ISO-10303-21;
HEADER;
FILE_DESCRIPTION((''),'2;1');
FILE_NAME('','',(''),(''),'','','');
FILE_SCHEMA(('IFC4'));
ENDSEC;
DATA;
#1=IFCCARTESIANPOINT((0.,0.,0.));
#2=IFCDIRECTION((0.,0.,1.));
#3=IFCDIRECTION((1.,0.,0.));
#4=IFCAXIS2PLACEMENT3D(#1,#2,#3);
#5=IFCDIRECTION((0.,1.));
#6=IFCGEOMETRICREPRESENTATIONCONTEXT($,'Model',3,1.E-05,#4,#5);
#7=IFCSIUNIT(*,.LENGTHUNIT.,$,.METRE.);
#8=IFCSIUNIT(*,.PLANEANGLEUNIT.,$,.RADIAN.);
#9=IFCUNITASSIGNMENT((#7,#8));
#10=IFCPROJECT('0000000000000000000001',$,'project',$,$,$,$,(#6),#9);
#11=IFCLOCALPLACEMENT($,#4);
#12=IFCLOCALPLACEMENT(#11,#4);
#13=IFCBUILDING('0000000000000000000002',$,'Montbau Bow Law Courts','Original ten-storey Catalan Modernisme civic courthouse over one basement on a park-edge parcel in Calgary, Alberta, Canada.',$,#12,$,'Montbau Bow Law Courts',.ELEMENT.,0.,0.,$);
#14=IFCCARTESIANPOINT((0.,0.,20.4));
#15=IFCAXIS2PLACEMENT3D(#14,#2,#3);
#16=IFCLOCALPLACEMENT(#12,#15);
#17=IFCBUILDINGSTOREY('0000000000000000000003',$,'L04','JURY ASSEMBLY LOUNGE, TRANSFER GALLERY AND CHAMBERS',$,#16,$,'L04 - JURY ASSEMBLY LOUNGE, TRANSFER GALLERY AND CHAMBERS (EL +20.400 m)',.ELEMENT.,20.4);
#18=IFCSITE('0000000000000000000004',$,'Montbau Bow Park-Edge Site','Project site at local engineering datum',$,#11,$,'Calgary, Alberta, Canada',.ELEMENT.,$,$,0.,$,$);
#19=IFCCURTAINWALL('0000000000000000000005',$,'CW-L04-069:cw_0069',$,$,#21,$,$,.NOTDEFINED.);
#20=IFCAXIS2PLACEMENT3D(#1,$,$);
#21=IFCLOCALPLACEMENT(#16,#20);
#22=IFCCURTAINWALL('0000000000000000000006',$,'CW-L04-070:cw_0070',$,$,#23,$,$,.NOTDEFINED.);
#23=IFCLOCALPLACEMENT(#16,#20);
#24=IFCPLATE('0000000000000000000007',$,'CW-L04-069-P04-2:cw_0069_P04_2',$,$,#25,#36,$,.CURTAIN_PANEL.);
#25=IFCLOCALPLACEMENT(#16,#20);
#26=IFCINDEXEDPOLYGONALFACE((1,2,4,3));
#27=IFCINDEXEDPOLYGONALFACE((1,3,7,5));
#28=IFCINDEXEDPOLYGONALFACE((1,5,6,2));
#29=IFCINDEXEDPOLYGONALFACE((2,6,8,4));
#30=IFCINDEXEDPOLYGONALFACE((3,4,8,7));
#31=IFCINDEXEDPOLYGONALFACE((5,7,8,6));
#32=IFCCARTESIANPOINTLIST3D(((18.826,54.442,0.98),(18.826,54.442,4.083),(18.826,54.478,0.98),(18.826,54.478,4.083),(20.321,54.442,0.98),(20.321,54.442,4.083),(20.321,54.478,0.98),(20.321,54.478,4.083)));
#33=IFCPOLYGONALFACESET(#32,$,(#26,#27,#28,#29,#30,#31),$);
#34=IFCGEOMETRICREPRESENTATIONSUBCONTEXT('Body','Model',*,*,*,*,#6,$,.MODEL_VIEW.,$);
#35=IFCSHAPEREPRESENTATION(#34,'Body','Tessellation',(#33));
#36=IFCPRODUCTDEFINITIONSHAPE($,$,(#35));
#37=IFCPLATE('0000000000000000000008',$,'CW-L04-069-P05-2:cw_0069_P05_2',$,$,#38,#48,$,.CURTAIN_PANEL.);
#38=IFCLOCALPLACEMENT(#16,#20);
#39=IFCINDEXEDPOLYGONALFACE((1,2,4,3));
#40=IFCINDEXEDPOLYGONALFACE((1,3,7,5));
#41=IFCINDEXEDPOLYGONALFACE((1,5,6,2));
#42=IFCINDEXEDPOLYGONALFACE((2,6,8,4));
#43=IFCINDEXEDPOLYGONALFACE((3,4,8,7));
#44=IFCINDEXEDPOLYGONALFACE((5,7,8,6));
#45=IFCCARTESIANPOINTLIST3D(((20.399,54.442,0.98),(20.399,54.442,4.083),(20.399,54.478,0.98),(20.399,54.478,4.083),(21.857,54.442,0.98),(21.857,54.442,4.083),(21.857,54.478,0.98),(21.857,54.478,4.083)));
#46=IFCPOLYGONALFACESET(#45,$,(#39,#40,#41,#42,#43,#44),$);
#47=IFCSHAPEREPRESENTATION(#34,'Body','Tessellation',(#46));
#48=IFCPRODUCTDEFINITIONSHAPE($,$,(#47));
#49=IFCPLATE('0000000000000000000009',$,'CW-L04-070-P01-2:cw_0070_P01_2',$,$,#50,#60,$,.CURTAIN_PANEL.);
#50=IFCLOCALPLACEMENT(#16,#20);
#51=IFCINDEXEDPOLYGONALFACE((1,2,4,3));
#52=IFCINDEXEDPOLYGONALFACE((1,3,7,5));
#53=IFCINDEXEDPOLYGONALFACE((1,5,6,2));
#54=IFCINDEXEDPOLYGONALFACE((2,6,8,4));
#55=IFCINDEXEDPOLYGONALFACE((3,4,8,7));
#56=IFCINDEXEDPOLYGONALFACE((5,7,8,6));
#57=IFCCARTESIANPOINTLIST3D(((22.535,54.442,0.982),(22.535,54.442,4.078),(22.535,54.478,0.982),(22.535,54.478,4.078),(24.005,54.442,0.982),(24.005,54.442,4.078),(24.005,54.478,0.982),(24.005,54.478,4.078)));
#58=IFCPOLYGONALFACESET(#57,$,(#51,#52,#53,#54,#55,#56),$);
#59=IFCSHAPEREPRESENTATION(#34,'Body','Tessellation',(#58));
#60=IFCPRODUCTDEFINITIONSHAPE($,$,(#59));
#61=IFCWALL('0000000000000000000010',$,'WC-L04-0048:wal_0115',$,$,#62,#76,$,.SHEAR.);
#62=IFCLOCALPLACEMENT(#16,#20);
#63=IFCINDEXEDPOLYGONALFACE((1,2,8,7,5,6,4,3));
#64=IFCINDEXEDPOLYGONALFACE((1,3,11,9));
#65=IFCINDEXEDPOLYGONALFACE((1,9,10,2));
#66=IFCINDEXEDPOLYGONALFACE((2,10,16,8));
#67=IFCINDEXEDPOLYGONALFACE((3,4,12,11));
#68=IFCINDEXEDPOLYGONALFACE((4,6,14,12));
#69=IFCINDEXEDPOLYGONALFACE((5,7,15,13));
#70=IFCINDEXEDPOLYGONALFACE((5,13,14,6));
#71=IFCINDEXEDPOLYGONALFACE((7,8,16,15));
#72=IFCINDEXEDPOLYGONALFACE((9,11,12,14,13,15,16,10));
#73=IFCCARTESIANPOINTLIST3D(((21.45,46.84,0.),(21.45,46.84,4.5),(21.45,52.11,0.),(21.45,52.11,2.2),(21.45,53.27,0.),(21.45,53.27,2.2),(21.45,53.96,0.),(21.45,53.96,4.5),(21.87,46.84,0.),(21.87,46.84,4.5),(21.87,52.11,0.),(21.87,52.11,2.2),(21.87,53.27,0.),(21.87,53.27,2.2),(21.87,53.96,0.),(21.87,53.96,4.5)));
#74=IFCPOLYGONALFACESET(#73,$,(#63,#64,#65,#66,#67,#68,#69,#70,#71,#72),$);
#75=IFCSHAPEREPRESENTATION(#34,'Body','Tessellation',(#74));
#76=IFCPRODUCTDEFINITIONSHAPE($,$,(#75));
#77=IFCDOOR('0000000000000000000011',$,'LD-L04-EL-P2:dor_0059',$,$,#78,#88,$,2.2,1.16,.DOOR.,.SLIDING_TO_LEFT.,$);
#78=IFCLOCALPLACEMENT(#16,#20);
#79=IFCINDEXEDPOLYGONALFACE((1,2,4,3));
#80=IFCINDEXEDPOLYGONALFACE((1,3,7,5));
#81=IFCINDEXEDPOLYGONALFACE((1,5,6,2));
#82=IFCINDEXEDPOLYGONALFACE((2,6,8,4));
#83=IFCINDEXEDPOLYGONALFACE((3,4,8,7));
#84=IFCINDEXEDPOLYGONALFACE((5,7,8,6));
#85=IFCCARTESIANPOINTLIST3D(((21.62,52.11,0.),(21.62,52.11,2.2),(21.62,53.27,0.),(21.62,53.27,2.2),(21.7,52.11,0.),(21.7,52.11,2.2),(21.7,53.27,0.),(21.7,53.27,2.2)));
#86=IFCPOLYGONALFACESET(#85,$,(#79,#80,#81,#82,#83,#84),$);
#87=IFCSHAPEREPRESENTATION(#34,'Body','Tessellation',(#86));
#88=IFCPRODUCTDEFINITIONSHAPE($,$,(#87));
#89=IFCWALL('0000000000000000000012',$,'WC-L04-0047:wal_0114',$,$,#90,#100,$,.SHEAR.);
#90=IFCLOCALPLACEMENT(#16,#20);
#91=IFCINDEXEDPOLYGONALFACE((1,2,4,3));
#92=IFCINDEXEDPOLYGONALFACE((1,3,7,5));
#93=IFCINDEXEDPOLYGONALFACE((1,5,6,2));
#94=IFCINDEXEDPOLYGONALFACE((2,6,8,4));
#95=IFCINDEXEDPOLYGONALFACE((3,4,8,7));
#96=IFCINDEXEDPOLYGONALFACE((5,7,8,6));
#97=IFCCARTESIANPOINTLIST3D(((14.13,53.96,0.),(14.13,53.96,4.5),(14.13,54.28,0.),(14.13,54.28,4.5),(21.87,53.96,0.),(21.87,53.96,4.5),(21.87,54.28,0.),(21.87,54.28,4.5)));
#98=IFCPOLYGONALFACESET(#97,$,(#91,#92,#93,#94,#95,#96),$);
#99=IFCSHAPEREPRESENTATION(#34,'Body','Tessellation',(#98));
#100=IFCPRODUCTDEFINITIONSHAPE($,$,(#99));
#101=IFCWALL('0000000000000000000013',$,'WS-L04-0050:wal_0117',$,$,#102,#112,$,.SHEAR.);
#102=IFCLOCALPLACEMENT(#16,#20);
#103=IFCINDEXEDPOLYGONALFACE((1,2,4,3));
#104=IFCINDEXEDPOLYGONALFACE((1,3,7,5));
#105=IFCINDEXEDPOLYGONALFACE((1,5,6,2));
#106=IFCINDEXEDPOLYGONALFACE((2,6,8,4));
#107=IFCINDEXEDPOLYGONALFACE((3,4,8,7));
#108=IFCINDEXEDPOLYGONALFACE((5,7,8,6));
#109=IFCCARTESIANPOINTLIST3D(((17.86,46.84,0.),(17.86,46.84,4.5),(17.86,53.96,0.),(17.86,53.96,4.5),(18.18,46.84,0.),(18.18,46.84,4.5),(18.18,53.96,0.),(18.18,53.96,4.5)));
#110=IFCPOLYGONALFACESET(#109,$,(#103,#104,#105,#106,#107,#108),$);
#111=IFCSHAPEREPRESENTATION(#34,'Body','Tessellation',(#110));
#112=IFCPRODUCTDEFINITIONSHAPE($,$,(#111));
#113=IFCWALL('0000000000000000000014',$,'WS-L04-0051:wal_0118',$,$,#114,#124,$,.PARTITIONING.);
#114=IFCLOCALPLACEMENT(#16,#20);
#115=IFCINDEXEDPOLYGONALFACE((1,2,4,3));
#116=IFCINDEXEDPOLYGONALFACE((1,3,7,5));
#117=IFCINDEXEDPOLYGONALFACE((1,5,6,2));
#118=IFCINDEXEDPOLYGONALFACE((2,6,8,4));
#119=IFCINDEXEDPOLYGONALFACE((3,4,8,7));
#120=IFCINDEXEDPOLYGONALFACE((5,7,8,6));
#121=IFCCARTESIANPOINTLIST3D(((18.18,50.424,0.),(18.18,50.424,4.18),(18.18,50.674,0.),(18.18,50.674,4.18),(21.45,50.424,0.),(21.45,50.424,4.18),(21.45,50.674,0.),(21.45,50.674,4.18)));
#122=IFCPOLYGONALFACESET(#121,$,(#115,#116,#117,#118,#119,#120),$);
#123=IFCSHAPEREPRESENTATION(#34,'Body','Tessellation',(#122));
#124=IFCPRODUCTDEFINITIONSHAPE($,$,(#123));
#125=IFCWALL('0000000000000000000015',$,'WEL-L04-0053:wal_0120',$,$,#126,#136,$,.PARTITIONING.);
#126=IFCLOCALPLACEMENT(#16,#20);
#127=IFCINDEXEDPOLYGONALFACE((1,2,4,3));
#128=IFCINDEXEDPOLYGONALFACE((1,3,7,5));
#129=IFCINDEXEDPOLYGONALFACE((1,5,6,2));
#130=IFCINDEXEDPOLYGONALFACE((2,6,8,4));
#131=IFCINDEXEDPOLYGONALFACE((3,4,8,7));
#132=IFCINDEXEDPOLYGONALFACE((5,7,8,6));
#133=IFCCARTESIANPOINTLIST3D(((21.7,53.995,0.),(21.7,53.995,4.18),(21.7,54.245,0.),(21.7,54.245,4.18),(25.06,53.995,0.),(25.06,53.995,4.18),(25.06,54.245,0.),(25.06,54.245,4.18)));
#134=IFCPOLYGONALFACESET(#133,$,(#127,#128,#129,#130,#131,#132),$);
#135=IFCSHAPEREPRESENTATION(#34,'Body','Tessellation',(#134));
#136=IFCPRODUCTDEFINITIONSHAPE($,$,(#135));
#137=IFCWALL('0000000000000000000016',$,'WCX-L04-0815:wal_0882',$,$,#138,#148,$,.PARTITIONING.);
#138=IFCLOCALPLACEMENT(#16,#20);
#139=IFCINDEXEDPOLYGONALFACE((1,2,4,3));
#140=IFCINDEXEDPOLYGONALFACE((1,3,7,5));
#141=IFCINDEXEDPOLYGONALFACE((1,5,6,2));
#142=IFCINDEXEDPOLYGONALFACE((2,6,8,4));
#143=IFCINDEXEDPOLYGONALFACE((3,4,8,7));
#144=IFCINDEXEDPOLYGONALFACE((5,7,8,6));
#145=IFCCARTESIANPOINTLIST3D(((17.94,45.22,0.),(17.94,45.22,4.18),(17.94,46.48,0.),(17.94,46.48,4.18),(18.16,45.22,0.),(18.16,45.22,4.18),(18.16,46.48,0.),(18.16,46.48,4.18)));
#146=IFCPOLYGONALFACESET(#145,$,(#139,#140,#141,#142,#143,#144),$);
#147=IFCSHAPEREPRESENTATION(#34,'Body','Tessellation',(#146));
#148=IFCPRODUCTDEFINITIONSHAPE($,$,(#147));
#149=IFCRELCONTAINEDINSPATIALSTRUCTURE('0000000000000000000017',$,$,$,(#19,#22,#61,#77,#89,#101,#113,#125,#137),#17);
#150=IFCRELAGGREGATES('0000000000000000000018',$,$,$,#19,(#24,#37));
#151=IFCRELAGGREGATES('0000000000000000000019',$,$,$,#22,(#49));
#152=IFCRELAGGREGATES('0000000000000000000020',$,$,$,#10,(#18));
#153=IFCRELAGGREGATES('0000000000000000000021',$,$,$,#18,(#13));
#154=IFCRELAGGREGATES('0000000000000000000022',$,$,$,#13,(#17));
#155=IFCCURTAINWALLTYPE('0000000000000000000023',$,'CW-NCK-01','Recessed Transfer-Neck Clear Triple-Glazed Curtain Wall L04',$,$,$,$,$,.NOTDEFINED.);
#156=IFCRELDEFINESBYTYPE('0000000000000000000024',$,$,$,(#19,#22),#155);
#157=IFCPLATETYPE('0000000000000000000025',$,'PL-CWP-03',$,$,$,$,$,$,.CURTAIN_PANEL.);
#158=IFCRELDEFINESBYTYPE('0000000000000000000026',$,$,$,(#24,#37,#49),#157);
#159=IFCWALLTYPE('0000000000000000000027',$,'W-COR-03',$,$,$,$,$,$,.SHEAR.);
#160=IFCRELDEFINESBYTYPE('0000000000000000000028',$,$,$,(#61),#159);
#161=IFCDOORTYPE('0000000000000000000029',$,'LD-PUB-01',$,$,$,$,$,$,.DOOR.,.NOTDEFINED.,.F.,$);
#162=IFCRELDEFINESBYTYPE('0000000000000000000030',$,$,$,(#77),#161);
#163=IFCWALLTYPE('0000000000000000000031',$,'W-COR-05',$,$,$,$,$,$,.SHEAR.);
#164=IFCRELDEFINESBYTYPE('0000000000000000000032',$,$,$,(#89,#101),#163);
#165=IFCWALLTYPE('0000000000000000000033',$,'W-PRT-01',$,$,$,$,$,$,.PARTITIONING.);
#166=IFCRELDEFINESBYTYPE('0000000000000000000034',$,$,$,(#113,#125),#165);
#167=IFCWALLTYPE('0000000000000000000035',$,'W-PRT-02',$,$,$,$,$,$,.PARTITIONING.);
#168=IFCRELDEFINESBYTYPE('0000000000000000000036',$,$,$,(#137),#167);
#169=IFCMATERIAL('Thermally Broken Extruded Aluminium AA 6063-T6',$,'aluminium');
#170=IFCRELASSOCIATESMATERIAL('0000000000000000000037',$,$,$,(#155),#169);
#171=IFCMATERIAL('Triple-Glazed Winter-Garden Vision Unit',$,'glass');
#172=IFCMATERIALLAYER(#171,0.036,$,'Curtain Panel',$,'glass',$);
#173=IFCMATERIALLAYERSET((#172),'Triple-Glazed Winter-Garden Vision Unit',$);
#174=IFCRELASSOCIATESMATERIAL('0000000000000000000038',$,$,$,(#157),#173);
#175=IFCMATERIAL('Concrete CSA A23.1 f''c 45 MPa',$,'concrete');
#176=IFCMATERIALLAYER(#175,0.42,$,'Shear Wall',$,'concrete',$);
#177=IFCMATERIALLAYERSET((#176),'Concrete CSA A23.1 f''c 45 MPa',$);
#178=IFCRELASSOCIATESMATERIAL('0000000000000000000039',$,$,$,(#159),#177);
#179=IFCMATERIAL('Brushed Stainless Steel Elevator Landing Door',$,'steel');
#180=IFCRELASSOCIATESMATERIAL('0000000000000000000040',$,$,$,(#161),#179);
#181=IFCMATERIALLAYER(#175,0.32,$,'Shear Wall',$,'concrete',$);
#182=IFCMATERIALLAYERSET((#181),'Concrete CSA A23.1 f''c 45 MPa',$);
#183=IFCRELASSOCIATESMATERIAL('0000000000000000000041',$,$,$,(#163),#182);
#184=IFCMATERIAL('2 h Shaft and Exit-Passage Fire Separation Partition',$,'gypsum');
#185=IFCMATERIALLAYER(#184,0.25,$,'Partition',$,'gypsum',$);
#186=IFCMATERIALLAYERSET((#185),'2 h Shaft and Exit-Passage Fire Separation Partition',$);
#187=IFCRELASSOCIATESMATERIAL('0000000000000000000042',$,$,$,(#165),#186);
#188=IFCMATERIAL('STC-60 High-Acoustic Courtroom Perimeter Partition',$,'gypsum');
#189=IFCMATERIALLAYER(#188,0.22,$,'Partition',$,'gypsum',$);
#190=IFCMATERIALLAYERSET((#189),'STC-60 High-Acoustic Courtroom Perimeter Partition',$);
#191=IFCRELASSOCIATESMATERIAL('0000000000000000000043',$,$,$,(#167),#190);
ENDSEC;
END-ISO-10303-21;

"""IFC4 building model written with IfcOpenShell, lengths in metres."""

from ifc_helpers import new_model, si_unit, direction, frame, frame_2d, origin_with_axes, place, context, subcontext, project, spatial, rectangle, extrude, material, layer, layer_set, type_object, element, fill, aggregate, save


model = new_model("IFC4")

# Units and contexts
model_context = context("Model", 3, precision=1e-05, world=origin_with_axes(), true_north=direction((0.0, 1.0)))
body_context = subcontext(model_context, "Body", "Model", "MODEL_VIEW")
ifc_project = project(units=[si_unit("LENGTHUNIT", "METRE"), si_unit("PLANEANGLEUNIT", "RADIAN")], contexts=[model_context])

# Site, building, storey
site_placement = place(None, origin_with_axes())
site = spatial("IfcSite", under=ifc_project, at=site_placement, Name="Montbau Bow Park-Edge Site", Description="Project site at local engineering datum", LongName="Calgary, Alberta, Canada", CompositionType="ELEMENT", RefElevation=0.0)
building_placement = place(site_placement, origin_with_axes())
building = spatial("IfcBuilding", under=site, at=building_placement, Name="Montbau Bow Law Courts", Description="Original ten-storey Catalan Modernisme civic courthouse over one basement on a park-edge parcel in Calgary, Alberta, Canada.", LongName="Montbau Bow Law Courts", CompositionType="ELEMENT", ElevationOfRefHeight=0.0, ElevationOfTerrain=0.0)
storey_placement = place(building_placement, frame((0.0, 0.0, 20.4), z_axis=(0.0, 0.0, 1.0), x_axis=(1.0, 0.0, 0.0)))
storey = spatial("IfcBuildingStorey", under=building, at=storey_placement, Name="L04", Description="JURY ASSEMBLY LOUNGE, TRANSFER GALLERY AND CHAMBERS", LongName="L04 - JURY ASSEMBLY LOUNGE, TRANSFER GALLERY AND CHAMBERS (EL +20.400 m)", CompositionType="ELEMENT", Elevation=20.4)

# Curtain wall
ifc_material_1 = material(Name="Thermally Broken Extruded Aluminium AA 6063-T6", Category="aluminium")
curtain_wall_type = type_object("IfcCurtainWallType", Name="CW-NCK-01", Description="Recessed Transfer-Neck Clear Triple-Glazed Curtain Wall L04", PredefinedType="NOTDEFINED", material=ifc_material_1)
curtain_wall_1_placement = place(None, frame((14.068, 54.46, 20.4), z_axis=(0.0, 0.0, 1.0), x_axis=(1.0, 0.0, 0.0)))
curtain_wall_1 = element("IfcCurtainWall", 1, at=curtain_wall_1_placement, inside=storey, type_object=curtain_wall_type, Name="CW-L04-069:cw_0069", PredefinedType="NOTDEFINED")

# Curtain wall
curtain_wall_2_placement = place(None, frame((22.467, 54.46, 20.4), z_axis=(0.0, 0.0, 1.0), x_axis=(1.0, 0.0, 0.0)))
curtain_wall_2 = element("IfcCurtainWall", 2, at=curtain_wall_2_placement, inside=storey, type_object=curtain_wall_type, Name="CW-L04-070:cw_0070", PredefinedType="NOTDEFINED")

# Plates
ifc_material_2 = material(Name="Triple-Glazed Winter-Garden Vision Unit", Category="glass")
ifc_layer_1 = layer(ifc_material_2, 0.036, Name="Curtain Panel", Category="glass")
ifc_layer_set_1 = layer_set([ifc_layer_1], Name="Triple-Glazed Winter-Garden Vision Unit")
plate_type_1 = type_object("IfcPlateType", Name="PL-CWP-03", PredefinedType="CURTAIN_PANEL", material=ifc_layer_set_1)
plate_1_placement = place(None, frame((18.826, 54.46, 21.38), z_axis=(0.0, -1.0, 0.0), x_axis=(1.0, 0.0, 0.0)))
plate_1 = element("IfcPlate", 3, at=plate_1_placement, type_object=plate_type_1, Name="CW-L04-069-P04-2:cw_0069_P04_2", PredefinedType="CURTAIN_PANEL", context=body_context, shape_type="SweptSolid", body=[
    extrude(rectangle(XDim=1.495, YDim=3.103, at=frame_2d((0.7475, 1.5515), x_axis=(1.0, 0.0))), frame((0.0, 0.0, -0.018), z_axis=(0.0, 0.0, 1.0), x_axis=(1.0, 0.0, 0.0)), (0.0, 0.0, 1.0), 0.036),
])
plate_2_placement = place(None, frame((20.399, 54.46, 21.38), z_axis=(0.0, -1.0, 0.0), x_axis=(1.0, 0.0, 0.0)))
plate_2 = element("IfcPlate", 4, at=plate_2_placement, type_object=plate_type_1, Name="CW-L04-069-P05-2:cw_0069_P05_2", PredefinedType="CURTAIN_PANEL", context=body_context, shape_type="SweptSolid", body=[
    extrude(rectangle(XDim=1.458, YDim=3.103, at=frame_2d((0.729, 1.5515), x_axis=(1.0, 0.0))), frame((0.0, 0.0, -0.018), z_axis=(0.0, 0.0, 1.0), x_axis=(1.0, 0.0, 0.0)), (0.0, 0.0, 1.0), 0.036),
])
aggregate(curtain_wall_1, [plate_1, plate_2])
plate_3_placement = place(None, frame((22.535, 54.46, 21.382), z_axis=(0.0, -1.0, 0.0), x_axis=(1.0, 0.0, 0.0)))
plate_3 = element("IfcPlate", 5, at=plate_3_placement, type_object=plate_type_1, Name="CW-L04-070-P01-2:cw_0070_P01_2", PredefinedType="CURTAIN_PANEL", context=body_context, shape_type="SweptSolid", body=[
    extrude(rectangle(XDim=1.47, YDim=3.096, at=frame_2d((0.735, 1.548), x_axis=(1.0, 0.0))), frame((0.0, 0.0, -0.018), z_axis=(0.0, 0.0, 1.0), x_axis=(1.0, 0.0, 0.0)), (0.0, 0.0, 1.0), 0.036),
])
aggregate(curtain_wall_2, [plate_3])

# Wall, opening, door
ifc_material_3 = material(Name="Concrete CSA A23.1 f'c 45 MPa", Category="concrete")
ifc_layer_2 = layer(ifc_material_3, 0.42, Name="Shear Wall", Category="concrete")
ifc_layer_set_2 = layer_set([ifc_layer_2], Name="Concrete CSA A23.1 f'c 45 MPa")
wall_type_1 = type_object("IfcWallType", Name="W-COR-03", PredefinedType="SHEAR", material=ifc_layer_set_2)
wall_1_placement = place(None, frame((21.66, 46.84, 20.4), z_axis=(0.0, 0.0, 1.0), x_axis=(0.0, 1.0, 0.0)))
wall_1 = element("IfcWall", 6, at=wall_1_placement, inside=storey, type_object=wall_type_1, Name="WC-L04-0048:wal_0115", PredefinedType="SHEAR", context=body_context, shape_type="SweptSolid", body=[
    extrude(rectangle(XDim=7.12, YDim=0.42, at=frame_2d((3.56, 0.0), x_axis=(1.0, 0.0))), origin_with_axes(), (0.0, 0.0, 1.0), 4.5),
])
opening_placement = place(None, frame((21.66, 52.69, 20.4), z_axis=(0.0, 0.0, 1.0), x_axis=(0.0, 1.0, 0.0)))
opening = element("IfcOpeningElement", 7, at=opening_placement, cuts=wall_1, PredefinedType="OPENING", context=body_context, shape_type="SweptSolid", body=[
    extrude(rectangle(XDim=1.16, YDim=2.2, at=frame_2d((0.0, 1.1), x_axis=(1.0, 0.0))), frame((0.0, 0.22, 0.0), z_axis=(0.0, -1.0, 0.0), x_axis=(1.0, 0.0, 0.0)), (0.0, 0.0, 1.0), 0.44),
])
ifc_material_4 = material(Name="Brushed Stainless Steel Elevator Landing Door", Category="steel")
door_type = type_object("IfcDoorType", Name="LD-PUB-01", OperationType="NOTDEFINED", ParameterTakesPrecedence=False, PredefinedType="DOOR", material=ifc_material_4)
door_placement = place(None, frame((21.66, 52.69, 20.4), z_axis=(0.0, 0.0, 1.0), x_axis=(0.0, 1.0, 0.0)))
door = element("IfcDoor", 8, at=door_placement, inside=storey, type_object=door_type, Name="LD-L04-EL-P2:dor_0059", OperationType="SLIDING_TO_LEFT", OverallHeight=2.2, OverallWidth=1.16, PredefinedType="DOOR", context=body_context, shape_type="SweptSolid", body=[
    extrude(rectangle(XDim=1.16, YDim=2.2, at=frame_2d((0.0, 1.1), x_axis=(1.0, 0.0))), frame((0.0, 0.04, 0.0), z_axis=(0.0, -1.0, 0.0), x_axis=(1.0, 0.0, 0.0)), (0.0, 0.0, 1.0), 0.08),
])
fill(opening, door)

# Walls
ifc_layer_3 = layer(ifc_material_3, 0.32, Name="Shear Wall", Category="concrete")
ifc_layer_set_3 = layer_set([ifc_layer_3], Name="Concrete CSA A23.1 f'c 45 MPa")
wall_type_2 = type_object("IfcWallType", Name="W-COR-05", PredefinedType="SHEAR", material=ifc_layer_set_3)
wall_2_placement = place(None, frame((21.87, 54.12, 20.4), z_axis=(0.0, 0.0, 1.0), x_axis=(-1.0, 0.0, 0.0)))
element("IfcWall", 9, at=wall_2_placement, inside=storey, type_object=wall_type_2, Name="WC-L04-0047:wal_0114", PredefinedType="SHEAR", context=body_context, shape_type="SweptSolid", body=[
    extrude(rectangle(XDim=7.74, YDim=0.32, at=frame_2d((3.87, 0.0), x_axis=(1.0, 0.0))), origin_with_axes(), (0.0, 0.0, 1.0), 4.5),
])
wall_3_placement = place(None, frame((18.02, 46.84, 20.4), z_axis=(0.0, 0.0, 1.0), x_axis=(0.0, 1.0, 0.0)))
element("IfcWall", 10, at=wall_3_placement, inside=storey, type_object=wall_type_2, Name="WS-L04-0050:wal_0117", PredefinedType="SHEAR", context=body_context, shape_type="SweptSolid", body=[
    extrude(rectangle(XDim=7.12, YDim=0.32, at=frame_2d((3.56, 0.0), x_axis=(1.0, 0.0))), origin_with_axes(), (0.0, 0.0, 1.0), 4.5),
])
ifc_material_5 = material(Name="2 h Shaft and Exit-Passage Fire Separation Partition", Category="gypsum")
ifc_layer_4 = layer(ifc_material_5, 0.25, Name="Partition", Category="gypsum")
ifc_layer_set_4 = layer_set([ifc_layer_4], Name="2 h Shaft and Exit-Passage Fire Separation Partition")
wall_type_3 = type_object("IfcWallType", Name="W-PRT-01", PredefinedType="PARTITIONING", material=ifc_layer_set_4)
wall_4_placement = place(None, frame((18.18, 50.549, 20.4), z_axis=(0.0, 0.0, 1.0), x_axis=(1.0, 0.0, 0.0)))
element("IfcWall", 11, at=wall_4_placement, inside=storey, type_object=wall_type_3, Name="WS-L04-0051:wal_0118", PredefinedType="PARTITIONING", context=body_context, shape_type="SweptSolid", body=[
    extrude(rectangle(XDim=3.27, YDim=0.25, at=frame_2d((1.635, 0.0), x_axis=(1.0, 0.0))), origin_with_axes(), (0.0, 0.0, 1.0), 4.18),
])
wall_5_placement = place(None, frame((21.7, 54.12, 20.4), z_axis=(0.0, 0.0, 1.0), x_axis=(1.0, 0.0, 0.0)))
element("IfcWall", 12, at=wall_5_placement, inside=storey, type_object=wall_type_3, Name="WEL-L04-0053:wal_0120", PredefinedType="PARTITIONING", context=body_context, shape_type="SweptSolid", body=[
    extrude(rectangle(XDim=3.36, YDim=0.25, at=frame_2d((1.68, 0.0), x_axis=(1.0, 0.0))), origin_with_axes(), (0.0, 0.0, 1.0), 4.18),
])
ifc_material_6 = material(Name="STC-60 High-Acoustic Courtroom Perimeter Partition", Category="gypsum")
ifc_layer_5 = layer(ifc_material_6, 0.22, Name="Partition", Category="gypsum")
ifc_layer_set_5 = layer_set([ifc_layer_5], Name="STC-60 High-Acoustic Courtroom Perimeter Partition")
wall_type_4 = type_object("IfcWallType", Name="W-PRT-02", PredefinedType="PARTITIONING", material=ifc_layer_set_5)
wall_6_placement = place(None, frame((18.05, 45.22, 20.4), z_axis=(0.0, 0.0, 1.0), x_axis=(0.0, 1.0, 0.0)))
element("IfcWall", 13, at=wall_6_placement, inside=storey, type_object=wall_type_4, Name="WCX-L04-0815:wal_0882", PredefinedType="PARTITIONING", context=body_context, shape_type="SweptSolid", body=[
    extrude(rectangle(XDim=1.26, YDim=0.22, at=frame_2d((0.63, 0.0), x_axis=(1.0, 0.0))), origin_with_axes(), (0.0, 0.0, 1.0), 4.18),
])

save(model, "model.ifc")
